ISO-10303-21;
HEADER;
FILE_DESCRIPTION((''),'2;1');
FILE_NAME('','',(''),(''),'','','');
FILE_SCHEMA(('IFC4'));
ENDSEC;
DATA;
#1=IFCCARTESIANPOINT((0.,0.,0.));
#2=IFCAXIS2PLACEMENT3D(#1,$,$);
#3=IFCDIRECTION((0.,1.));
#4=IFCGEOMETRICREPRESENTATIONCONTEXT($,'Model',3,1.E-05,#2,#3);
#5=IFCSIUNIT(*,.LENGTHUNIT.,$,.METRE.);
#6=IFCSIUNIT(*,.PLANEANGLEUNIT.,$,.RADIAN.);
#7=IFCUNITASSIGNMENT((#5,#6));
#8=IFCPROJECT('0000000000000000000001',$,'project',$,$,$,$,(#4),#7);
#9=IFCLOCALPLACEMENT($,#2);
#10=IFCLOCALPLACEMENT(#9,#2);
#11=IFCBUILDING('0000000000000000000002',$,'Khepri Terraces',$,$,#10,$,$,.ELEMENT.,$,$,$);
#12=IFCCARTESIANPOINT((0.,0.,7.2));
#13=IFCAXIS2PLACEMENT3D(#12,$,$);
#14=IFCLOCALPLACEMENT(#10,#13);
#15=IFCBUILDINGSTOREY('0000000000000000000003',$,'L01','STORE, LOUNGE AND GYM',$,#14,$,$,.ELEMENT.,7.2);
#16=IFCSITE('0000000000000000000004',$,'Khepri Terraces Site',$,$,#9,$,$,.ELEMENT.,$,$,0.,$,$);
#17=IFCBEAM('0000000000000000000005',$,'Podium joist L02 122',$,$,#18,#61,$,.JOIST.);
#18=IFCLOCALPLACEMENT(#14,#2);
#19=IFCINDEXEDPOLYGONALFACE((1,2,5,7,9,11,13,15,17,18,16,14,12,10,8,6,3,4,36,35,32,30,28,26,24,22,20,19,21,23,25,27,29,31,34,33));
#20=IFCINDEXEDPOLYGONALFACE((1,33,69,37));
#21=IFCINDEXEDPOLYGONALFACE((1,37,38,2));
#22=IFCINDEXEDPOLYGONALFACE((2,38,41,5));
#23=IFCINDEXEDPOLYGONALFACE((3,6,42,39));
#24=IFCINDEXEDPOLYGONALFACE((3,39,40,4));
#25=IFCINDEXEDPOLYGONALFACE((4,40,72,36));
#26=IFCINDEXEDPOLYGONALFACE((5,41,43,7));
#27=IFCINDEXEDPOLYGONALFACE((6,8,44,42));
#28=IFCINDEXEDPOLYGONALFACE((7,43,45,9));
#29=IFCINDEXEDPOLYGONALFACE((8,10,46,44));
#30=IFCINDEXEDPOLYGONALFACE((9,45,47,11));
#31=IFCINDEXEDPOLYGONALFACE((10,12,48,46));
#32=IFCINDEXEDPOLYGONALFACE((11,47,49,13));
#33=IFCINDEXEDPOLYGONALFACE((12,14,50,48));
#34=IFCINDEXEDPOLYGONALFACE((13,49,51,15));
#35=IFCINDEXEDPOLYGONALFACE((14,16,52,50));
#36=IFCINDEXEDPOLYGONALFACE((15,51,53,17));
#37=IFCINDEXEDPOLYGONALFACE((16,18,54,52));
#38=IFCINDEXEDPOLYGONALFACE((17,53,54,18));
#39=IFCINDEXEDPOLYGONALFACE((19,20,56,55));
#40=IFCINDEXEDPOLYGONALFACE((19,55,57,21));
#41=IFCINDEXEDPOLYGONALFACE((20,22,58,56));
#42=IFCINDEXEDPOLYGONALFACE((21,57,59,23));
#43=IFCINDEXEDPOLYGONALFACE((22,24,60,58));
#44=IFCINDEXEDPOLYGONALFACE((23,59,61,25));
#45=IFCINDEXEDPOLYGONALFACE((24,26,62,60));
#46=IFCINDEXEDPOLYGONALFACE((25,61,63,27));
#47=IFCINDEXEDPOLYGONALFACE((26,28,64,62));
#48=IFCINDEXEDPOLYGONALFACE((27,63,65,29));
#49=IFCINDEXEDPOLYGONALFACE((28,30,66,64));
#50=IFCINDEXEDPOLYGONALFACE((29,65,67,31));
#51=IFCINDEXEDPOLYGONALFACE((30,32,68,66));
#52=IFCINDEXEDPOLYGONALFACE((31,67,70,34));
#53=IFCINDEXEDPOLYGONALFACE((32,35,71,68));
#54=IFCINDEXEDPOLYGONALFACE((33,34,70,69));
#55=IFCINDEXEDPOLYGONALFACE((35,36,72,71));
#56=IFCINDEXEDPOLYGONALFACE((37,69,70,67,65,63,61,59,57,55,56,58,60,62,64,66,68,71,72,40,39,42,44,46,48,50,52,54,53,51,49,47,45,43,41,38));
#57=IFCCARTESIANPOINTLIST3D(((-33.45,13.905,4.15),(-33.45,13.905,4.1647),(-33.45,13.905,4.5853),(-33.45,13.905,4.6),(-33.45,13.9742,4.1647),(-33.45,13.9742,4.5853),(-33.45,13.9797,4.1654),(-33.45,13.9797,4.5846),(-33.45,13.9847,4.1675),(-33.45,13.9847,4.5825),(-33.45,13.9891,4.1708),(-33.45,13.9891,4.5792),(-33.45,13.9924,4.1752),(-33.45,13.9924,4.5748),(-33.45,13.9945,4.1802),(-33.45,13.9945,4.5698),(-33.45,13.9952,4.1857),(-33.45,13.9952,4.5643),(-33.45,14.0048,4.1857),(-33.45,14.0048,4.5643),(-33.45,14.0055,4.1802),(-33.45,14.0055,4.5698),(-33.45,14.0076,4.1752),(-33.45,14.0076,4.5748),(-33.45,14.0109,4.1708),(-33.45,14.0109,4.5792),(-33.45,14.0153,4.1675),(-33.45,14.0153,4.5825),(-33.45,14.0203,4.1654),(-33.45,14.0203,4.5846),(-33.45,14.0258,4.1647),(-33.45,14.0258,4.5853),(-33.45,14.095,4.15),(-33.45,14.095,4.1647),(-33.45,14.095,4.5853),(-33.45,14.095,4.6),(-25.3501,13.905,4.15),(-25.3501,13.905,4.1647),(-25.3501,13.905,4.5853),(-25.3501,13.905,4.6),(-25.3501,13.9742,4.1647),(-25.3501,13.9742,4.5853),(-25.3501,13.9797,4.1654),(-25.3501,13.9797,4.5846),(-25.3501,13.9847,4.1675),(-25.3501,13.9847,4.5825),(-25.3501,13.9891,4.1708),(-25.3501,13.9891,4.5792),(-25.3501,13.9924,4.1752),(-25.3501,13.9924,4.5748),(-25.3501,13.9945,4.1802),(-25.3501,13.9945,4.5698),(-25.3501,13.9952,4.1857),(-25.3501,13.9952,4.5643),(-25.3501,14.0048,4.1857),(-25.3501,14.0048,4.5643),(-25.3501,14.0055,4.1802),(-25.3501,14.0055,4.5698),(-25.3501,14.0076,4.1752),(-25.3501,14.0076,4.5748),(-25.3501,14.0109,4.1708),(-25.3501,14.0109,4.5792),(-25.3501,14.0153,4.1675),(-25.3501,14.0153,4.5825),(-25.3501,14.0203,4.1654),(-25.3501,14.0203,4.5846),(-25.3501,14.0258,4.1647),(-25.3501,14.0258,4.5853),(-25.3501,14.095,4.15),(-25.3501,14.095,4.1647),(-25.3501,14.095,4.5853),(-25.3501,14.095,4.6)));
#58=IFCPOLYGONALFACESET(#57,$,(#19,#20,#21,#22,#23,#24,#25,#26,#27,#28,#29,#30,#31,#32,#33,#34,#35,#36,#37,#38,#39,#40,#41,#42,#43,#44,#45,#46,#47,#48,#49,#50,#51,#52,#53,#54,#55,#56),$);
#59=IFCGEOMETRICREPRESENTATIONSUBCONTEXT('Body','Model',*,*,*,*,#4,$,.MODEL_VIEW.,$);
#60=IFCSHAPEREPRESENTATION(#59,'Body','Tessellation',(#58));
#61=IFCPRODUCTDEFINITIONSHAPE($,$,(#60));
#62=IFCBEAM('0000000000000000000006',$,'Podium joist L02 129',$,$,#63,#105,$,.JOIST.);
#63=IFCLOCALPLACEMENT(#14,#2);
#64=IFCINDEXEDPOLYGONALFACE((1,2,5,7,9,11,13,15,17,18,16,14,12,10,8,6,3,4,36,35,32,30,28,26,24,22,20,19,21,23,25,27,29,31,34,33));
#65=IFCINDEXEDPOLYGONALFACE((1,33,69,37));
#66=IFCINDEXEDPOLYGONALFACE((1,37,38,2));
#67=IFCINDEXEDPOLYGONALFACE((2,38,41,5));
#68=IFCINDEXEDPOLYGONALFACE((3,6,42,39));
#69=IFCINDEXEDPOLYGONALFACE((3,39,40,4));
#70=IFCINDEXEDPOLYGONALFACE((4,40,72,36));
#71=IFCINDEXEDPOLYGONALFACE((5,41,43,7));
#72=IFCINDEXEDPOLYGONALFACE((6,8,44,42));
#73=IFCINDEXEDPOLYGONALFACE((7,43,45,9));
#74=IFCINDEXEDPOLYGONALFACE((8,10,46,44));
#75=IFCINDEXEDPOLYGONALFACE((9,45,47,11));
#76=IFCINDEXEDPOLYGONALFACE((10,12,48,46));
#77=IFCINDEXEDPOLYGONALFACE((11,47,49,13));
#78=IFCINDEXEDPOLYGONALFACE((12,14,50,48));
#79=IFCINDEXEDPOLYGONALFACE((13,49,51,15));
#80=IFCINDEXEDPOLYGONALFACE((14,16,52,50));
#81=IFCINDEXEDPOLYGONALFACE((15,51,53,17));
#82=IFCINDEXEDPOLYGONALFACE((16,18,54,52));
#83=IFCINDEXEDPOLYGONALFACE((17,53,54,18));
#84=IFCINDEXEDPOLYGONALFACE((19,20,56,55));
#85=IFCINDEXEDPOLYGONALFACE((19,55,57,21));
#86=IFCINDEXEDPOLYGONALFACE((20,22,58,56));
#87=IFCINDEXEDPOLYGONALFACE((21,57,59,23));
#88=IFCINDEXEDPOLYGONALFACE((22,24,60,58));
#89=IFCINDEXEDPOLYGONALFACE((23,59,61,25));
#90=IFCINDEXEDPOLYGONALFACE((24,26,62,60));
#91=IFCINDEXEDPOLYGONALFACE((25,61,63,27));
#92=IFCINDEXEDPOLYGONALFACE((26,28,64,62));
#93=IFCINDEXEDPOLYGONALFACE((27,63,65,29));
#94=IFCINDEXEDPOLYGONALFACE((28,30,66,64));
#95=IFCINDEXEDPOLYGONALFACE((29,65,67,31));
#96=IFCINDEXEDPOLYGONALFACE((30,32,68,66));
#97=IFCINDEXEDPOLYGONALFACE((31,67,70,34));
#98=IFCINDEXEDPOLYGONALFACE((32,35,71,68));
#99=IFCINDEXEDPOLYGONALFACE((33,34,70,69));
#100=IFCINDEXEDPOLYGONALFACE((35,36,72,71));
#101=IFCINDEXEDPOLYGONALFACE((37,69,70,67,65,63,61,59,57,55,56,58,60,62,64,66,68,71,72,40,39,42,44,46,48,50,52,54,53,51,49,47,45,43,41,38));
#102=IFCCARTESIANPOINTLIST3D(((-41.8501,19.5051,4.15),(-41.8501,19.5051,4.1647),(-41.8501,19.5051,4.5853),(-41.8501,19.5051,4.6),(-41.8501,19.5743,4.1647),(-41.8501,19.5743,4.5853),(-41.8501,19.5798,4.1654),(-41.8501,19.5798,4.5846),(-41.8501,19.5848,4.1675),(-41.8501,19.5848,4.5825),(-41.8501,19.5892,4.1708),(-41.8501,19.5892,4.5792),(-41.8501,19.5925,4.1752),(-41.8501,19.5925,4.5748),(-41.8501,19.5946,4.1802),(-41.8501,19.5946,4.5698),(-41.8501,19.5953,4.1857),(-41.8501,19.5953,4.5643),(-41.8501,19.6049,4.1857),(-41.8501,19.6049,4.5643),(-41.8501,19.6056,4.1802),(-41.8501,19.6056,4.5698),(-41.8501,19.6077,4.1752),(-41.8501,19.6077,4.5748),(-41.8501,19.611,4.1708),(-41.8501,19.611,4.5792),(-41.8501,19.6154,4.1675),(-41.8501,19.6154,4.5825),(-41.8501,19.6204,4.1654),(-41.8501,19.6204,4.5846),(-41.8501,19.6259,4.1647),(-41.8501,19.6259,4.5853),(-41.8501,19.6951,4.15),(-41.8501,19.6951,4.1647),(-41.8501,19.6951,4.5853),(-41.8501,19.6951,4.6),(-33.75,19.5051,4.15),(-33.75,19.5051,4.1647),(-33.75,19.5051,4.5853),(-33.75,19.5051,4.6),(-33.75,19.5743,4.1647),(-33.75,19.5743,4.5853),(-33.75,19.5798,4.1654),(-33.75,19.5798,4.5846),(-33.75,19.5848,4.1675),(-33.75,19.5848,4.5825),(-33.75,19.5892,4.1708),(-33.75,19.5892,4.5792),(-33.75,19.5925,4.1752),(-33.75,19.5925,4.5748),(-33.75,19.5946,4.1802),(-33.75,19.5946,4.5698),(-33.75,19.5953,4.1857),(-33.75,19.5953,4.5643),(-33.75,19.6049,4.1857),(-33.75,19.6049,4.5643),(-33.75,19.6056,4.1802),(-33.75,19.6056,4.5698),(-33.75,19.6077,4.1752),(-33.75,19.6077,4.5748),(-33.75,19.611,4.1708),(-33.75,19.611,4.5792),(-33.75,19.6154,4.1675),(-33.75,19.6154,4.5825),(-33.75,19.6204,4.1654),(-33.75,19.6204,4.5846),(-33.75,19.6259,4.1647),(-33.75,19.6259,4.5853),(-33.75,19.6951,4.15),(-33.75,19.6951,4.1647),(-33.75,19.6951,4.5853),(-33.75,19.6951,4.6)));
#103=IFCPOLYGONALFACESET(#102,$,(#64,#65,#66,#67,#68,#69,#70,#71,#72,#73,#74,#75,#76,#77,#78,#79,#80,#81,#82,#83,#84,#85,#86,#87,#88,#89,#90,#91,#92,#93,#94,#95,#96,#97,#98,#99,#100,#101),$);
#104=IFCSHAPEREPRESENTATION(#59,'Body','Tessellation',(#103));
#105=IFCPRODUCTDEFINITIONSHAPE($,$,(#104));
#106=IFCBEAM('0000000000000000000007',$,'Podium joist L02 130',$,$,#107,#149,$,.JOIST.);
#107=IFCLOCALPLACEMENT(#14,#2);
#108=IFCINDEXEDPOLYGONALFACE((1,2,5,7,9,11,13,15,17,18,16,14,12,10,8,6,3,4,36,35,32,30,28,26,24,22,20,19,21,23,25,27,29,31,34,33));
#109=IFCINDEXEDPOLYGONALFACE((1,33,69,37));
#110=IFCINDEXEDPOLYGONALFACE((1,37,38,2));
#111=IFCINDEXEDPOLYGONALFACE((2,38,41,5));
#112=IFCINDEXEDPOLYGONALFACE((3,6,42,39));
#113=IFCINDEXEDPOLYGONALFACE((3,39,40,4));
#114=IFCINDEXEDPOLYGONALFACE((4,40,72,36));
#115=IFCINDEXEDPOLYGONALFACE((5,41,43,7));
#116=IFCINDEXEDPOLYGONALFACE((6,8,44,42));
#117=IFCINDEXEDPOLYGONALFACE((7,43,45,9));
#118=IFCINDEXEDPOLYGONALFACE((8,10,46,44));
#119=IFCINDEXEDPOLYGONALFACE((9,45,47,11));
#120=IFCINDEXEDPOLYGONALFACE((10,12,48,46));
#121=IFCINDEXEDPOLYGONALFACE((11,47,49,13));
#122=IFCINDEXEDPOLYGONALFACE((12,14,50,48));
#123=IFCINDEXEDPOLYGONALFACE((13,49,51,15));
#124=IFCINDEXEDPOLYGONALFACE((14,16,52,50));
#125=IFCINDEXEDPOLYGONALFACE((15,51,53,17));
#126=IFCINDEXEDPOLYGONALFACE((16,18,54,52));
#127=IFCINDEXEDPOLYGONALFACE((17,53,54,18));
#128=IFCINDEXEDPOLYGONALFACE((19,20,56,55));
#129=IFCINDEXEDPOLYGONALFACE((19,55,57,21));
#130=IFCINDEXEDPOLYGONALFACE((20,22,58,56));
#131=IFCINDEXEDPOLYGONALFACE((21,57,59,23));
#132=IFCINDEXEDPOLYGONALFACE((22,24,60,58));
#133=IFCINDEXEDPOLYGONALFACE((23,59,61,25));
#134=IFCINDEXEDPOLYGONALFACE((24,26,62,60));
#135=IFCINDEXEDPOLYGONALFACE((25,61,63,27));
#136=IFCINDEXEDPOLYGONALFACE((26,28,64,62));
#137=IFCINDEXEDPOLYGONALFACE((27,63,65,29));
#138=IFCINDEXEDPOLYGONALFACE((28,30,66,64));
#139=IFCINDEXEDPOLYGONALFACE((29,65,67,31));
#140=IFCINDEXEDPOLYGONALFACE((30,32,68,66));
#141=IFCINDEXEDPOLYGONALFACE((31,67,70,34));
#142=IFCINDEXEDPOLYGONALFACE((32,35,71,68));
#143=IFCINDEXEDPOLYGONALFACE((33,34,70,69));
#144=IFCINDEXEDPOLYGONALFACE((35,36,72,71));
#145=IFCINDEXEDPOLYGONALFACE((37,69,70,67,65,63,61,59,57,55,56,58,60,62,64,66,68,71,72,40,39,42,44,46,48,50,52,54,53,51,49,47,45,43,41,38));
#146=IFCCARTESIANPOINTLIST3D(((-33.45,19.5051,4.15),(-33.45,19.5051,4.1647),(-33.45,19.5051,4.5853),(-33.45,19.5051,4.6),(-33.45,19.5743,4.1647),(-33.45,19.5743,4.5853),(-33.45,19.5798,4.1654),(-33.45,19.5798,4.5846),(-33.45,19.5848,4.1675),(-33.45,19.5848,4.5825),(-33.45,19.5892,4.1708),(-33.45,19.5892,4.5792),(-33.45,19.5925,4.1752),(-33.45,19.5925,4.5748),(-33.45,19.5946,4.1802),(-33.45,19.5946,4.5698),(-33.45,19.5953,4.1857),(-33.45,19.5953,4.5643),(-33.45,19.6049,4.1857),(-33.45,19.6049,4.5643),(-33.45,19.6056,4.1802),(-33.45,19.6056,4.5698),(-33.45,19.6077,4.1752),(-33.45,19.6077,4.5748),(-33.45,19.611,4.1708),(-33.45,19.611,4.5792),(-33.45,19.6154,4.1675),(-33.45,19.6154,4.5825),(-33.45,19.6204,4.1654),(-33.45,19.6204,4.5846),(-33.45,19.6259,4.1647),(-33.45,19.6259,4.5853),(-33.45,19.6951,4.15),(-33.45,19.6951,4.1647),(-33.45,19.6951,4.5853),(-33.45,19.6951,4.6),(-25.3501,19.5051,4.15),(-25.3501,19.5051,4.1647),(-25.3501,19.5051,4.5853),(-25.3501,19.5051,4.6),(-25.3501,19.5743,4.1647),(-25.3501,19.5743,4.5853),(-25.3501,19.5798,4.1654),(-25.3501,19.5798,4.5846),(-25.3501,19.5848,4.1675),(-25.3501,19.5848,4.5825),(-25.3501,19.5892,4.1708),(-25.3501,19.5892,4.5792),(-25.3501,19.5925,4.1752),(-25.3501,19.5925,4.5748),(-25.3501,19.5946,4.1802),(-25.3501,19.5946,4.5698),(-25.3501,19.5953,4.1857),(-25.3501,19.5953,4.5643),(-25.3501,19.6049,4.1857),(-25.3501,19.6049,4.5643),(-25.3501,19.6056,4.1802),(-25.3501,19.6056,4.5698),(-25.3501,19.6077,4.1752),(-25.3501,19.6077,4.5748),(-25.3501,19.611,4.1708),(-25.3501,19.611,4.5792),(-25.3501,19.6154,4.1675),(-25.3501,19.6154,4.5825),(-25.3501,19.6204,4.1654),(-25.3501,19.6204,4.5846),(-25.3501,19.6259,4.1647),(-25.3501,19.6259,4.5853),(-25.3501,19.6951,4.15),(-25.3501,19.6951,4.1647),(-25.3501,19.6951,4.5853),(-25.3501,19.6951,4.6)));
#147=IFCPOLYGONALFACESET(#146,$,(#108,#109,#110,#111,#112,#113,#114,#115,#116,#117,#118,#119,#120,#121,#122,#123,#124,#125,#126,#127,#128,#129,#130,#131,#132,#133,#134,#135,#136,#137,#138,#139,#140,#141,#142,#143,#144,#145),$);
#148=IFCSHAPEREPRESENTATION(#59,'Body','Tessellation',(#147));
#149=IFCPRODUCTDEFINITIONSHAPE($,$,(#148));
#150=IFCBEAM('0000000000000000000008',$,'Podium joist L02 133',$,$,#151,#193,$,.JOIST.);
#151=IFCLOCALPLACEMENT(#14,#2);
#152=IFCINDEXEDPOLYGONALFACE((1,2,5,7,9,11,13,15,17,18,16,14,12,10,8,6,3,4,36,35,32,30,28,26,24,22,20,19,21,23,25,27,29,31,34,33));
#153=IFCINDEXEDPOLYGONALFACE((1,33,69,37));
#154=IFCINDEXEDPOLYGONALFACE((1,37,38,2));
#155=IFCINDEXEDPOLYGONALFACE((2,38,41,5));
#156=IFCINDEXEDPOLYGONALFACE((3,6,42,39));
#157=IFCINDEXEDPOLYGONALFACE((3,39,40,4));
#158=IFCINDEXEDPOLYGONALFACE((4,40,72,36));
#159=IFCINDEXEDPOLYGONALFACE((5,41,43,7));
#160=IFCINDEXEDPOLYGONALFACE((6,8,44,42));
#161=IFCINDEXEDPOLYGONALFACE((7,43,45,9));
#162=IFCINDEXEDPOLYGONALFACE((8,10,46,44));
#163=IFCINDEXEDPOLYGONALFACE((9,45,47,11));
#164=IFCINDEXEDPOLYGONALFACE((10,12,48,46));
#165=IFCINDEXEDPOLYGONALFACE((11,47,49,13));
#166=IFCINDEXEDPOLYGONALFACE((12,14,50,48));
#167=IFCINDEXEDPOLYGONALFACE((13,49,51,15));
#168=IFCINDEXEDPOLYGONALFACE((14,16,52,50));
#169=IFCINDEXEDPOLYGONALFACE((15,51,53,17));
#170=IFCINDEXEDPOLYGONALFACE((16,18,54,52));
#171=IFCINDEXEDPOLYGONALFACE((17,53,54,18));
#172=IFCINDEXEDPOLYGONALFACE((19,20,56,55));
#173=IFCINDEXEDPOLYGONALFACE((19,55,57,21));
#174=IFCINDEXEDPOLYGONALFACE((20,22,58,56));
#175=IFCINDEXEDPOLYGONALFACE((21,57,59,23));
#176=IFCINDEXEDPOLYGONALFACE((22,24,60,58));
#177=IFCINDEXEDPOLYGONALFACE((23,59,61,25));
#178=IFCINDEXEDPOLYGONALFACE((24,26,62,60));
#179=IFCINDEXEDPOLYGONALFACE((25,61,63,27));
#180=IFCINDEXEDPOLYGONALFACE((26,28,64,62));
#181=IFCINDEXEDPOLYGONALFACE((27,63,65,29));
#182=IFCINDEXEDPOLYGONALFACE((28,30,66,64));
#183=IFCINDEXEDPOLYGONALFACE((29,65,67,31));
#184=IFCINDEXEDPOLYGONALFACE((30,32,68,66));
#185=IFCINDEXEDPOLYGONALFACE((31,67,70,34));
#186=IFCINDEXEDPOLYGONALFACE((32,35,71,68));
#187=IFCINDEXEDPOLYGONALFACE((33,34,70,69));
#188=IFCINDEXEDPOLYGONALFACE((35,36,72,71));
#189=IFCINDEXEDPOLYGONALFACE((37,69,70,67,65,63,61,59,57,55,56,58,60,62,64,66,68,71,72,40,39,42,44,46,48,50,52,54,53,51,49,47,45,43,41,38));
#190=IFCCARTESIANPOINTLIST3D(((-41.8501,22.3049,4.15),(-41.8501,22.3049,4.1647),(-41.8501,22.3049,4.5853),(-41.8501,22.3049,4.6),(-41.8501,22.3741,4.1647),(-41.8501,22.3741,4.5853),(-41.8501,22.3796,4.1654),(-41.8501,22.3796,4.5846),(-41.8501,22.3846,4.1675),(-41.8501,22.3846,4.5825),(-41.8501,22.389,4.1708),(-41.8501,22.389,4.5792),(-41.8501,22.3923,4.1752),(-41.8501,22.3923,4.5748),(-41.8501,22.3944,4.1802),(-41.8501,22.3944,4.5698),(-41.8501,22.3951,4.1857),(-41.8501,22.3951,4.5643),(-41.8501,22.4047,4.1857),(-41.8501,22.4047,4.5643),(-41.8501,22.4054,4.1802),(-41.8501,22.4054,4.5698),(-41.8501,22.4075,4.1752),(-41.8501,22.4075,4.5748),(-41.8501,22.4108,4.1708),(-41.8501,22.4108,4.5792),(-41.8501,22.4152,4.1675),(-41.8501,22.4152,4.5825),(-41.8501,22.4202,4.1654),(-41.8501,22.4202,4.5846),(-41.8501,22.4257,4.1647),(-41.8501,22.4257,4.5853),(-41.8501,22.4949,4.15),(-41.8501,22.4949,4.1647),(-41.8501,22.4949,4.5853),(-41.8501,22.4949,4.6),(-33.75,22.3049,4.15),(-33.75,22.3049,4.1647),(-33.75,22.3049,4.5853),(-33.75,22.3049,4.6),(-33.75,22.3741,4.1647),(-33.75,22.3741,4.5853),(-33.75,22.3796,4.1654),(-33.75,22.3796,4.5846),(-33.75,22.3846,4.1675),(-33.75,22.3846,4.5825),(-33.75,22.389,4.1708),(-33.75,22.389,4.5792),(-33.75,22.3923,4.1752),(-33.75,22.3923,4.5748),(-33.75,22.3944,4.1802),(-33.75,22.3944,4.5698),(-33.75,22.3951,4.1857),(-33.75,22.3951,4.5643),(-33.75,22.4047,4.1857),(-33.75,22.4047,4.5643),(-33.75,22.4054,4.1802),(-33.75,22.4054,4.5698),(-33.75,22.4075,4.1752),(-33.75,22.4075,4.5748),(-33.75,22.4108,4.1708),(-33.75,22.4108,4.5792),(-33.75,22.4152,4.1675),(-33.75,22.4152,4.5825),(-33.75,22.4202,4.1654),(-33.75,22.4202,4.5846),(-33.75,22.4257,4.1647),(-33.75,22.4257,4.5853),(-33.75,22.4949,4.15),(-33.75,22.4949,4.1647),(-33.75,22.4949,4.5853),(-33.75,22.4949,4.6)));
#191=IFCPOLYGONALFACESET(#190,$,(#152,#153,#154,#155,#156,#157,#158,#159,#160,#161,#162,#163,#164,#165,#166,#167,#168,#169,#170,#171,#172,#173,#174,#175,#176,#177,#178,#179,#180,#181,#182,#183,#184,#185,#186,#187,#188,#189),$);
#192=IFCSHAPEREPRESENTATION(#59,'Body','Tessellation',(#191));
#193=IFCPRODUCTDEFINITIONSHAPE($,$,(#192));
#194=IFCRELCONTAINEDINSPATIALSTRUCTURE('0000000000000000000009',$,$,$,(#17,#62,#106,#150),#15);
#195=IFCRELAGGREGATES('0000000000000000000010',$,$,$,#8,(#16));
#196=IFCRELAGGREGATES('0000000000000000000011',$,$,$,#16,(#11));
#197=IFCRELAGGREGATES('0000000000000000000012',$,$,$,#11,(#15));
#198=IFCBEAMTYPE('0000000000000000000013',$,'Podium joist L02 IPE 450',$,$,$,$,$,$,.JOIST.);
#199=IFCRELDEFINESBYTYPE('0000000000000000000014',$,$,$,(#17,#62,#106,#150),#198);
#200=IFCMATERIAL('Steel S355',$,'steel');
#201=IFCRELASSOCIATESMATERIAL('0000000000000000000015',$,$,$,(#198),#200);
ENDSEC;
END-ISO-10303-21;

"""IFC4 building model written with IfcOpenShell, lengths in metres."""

from ifc_helpers import new_model, si_unit, direction, frame, origin, origin_2d, place, context, subcontext, project, spatial, i_section, extrude, material, material_profile, profile_set, type_object, element, save


model = new_model("IFC4")

# Units and contexts
model_context = context("Model", 3, precision=1e-05, world=origin(), true_north=direction((0.0, 1.0)))
body_context = subcontext(model_context, "Body", "Model", "MODEL_VIEW")
ifc_project = project(units=[si_unit("LENGTHUNIT", "METRE"), si_unit("PLANEANGLEUNIT", "RADIAN")], contexts=[model_context])

# Site, building, storey
site_placement = place(None, origin())
site = spatial("IfcSite", under=ifc_project, at=site_placement, Name="Khepri Terraces Site", CompositionType="ELEMENT", RefElevation=0.0)
building_placement = place(site_placement, origin())
building = spatial("IfcBuilding", under=site, at=building_placement, Name="Khepri Terraces", CompositionType="ELEMENT")
storey_placement = place(building_placement, frame((0.0, 0.0, 7.2)))
storey = spatial("IfcBuildingStorey", under=building, at=storey_placement, Name="L01", Description="STORE, LOUNGE AND GYM", CompositionType="ELEMENT", Elevation=7.2)

# Beams
ifc_material_1 = material(Name="Steel S355", Category="steel")
ifc_material_profile_1 = material_profile(ifc_material_1, i_section(OverallWidth=0.1899, OverallDepth=0.45, WebThickness=0.0095, FlangeThickness=0.0146, FilletRadius=0.021, at=origin_2d()), Name="Steel S355", Category="steel")
ifc_profile_set_1 = profile_set([ifc_material_profile_1], Name="Steel S355")
beam_type_1 = type_object("IfcBeamType", Name="Podium joist L02 IPE 450", PredefinedType="JOIST", material=ifc_profile_set_1)
beam_1_placement = place(storey_placement, frame((-33.45, 14.0, 4.375), z_axis=(1.0, 0.0, 0.0), x_axis=(0.0, 1.0, 0.0)))
element("IfcBeam", 1, at=beam_1_placement, inside=storey, type_object=beam_type_1, Name="Podium joist L02 122", PredefinedType="JOIST", context=body_context, shape_type="SweptSolid", body=[
    extrude(i_section(OverallWidth=0.1899, OverallDepth=0.45, WebThickness=0.0095, FlangeThickness=0.0146, FilletRadius=0.021, at=origin_2d()), origin(), (0.0, 0.0, 1.0), 8.0999),
])
beam_2_placement = place(storey_placement, frame((-41.8501, 19.6001, 4.375), z_axis=(1.0, 0.0, 0.0), x_axis=(0.0, 1.0, 0.0)))
element("IfcBeam", 2, at=beam_2_placement, inside=storey, type_object=beam_type_1, Name="Podium joist L02 129", PredefinedType="JOIST", context=body_context, shape_type="SweptSolid", body=[
    extrude(i_section(OverallWidth=0.1899, OverallDepth=0.45, WebThickness=0.0095, FlangeThickness=0.0146, FilletRadius=0.021, at=origin_2d()), origin(), (0.0, 0.0, 1.0), 8.1001),
])
beam_3_placement = place(storey_placement, frame((-33.45, 19.6001, 4.375), z_axis=(1.0, 0.0, 0.0), x_axis=(0.0, 1.0, 0.0)))
element("IfcBeam", 3, at=beam_3_placement, inside=storey, type_object=beam_type_1, Name="Podium joist L02 130", PredefinedType="JOIST", context=body_context, shape_type="SweptSolid", body=[
    extrude(i_section(OverallWidth=0.1899, OverallDepth=0.45, WebThickness=0.0095, FlangeThickness=0.0146, FilletRadius=0.021, at=origin_2d()), origin(), (0.0, 0.0, 1.0), 8.0999),
])
beam_4_placement = place(storey_placement, frame((-41.8501, 22.3999, 4.375), z_axis=(1.0, 0.0, 0.0), x_axis=(0.0, 1.0, 0.0)))
element("IfcBeam", 4, at=beam_4_placement, inside=storey, type_object=beam_type_1, Name="Podium joist L02 133", PredefinedType="JOIST", context=body_context, shape_type="SweptSolid", body=[
    extrude(i_section(OverallWidth=0.1899, OverallDepth=0.45, WebThickness=0.0095, FlangeThickness=0.0146, FilletRadius=0.021, at=origin_2d()), origin(), (0.0, 0.0, 1.0), 8.1001),
])

save(model, "model.ifc")
